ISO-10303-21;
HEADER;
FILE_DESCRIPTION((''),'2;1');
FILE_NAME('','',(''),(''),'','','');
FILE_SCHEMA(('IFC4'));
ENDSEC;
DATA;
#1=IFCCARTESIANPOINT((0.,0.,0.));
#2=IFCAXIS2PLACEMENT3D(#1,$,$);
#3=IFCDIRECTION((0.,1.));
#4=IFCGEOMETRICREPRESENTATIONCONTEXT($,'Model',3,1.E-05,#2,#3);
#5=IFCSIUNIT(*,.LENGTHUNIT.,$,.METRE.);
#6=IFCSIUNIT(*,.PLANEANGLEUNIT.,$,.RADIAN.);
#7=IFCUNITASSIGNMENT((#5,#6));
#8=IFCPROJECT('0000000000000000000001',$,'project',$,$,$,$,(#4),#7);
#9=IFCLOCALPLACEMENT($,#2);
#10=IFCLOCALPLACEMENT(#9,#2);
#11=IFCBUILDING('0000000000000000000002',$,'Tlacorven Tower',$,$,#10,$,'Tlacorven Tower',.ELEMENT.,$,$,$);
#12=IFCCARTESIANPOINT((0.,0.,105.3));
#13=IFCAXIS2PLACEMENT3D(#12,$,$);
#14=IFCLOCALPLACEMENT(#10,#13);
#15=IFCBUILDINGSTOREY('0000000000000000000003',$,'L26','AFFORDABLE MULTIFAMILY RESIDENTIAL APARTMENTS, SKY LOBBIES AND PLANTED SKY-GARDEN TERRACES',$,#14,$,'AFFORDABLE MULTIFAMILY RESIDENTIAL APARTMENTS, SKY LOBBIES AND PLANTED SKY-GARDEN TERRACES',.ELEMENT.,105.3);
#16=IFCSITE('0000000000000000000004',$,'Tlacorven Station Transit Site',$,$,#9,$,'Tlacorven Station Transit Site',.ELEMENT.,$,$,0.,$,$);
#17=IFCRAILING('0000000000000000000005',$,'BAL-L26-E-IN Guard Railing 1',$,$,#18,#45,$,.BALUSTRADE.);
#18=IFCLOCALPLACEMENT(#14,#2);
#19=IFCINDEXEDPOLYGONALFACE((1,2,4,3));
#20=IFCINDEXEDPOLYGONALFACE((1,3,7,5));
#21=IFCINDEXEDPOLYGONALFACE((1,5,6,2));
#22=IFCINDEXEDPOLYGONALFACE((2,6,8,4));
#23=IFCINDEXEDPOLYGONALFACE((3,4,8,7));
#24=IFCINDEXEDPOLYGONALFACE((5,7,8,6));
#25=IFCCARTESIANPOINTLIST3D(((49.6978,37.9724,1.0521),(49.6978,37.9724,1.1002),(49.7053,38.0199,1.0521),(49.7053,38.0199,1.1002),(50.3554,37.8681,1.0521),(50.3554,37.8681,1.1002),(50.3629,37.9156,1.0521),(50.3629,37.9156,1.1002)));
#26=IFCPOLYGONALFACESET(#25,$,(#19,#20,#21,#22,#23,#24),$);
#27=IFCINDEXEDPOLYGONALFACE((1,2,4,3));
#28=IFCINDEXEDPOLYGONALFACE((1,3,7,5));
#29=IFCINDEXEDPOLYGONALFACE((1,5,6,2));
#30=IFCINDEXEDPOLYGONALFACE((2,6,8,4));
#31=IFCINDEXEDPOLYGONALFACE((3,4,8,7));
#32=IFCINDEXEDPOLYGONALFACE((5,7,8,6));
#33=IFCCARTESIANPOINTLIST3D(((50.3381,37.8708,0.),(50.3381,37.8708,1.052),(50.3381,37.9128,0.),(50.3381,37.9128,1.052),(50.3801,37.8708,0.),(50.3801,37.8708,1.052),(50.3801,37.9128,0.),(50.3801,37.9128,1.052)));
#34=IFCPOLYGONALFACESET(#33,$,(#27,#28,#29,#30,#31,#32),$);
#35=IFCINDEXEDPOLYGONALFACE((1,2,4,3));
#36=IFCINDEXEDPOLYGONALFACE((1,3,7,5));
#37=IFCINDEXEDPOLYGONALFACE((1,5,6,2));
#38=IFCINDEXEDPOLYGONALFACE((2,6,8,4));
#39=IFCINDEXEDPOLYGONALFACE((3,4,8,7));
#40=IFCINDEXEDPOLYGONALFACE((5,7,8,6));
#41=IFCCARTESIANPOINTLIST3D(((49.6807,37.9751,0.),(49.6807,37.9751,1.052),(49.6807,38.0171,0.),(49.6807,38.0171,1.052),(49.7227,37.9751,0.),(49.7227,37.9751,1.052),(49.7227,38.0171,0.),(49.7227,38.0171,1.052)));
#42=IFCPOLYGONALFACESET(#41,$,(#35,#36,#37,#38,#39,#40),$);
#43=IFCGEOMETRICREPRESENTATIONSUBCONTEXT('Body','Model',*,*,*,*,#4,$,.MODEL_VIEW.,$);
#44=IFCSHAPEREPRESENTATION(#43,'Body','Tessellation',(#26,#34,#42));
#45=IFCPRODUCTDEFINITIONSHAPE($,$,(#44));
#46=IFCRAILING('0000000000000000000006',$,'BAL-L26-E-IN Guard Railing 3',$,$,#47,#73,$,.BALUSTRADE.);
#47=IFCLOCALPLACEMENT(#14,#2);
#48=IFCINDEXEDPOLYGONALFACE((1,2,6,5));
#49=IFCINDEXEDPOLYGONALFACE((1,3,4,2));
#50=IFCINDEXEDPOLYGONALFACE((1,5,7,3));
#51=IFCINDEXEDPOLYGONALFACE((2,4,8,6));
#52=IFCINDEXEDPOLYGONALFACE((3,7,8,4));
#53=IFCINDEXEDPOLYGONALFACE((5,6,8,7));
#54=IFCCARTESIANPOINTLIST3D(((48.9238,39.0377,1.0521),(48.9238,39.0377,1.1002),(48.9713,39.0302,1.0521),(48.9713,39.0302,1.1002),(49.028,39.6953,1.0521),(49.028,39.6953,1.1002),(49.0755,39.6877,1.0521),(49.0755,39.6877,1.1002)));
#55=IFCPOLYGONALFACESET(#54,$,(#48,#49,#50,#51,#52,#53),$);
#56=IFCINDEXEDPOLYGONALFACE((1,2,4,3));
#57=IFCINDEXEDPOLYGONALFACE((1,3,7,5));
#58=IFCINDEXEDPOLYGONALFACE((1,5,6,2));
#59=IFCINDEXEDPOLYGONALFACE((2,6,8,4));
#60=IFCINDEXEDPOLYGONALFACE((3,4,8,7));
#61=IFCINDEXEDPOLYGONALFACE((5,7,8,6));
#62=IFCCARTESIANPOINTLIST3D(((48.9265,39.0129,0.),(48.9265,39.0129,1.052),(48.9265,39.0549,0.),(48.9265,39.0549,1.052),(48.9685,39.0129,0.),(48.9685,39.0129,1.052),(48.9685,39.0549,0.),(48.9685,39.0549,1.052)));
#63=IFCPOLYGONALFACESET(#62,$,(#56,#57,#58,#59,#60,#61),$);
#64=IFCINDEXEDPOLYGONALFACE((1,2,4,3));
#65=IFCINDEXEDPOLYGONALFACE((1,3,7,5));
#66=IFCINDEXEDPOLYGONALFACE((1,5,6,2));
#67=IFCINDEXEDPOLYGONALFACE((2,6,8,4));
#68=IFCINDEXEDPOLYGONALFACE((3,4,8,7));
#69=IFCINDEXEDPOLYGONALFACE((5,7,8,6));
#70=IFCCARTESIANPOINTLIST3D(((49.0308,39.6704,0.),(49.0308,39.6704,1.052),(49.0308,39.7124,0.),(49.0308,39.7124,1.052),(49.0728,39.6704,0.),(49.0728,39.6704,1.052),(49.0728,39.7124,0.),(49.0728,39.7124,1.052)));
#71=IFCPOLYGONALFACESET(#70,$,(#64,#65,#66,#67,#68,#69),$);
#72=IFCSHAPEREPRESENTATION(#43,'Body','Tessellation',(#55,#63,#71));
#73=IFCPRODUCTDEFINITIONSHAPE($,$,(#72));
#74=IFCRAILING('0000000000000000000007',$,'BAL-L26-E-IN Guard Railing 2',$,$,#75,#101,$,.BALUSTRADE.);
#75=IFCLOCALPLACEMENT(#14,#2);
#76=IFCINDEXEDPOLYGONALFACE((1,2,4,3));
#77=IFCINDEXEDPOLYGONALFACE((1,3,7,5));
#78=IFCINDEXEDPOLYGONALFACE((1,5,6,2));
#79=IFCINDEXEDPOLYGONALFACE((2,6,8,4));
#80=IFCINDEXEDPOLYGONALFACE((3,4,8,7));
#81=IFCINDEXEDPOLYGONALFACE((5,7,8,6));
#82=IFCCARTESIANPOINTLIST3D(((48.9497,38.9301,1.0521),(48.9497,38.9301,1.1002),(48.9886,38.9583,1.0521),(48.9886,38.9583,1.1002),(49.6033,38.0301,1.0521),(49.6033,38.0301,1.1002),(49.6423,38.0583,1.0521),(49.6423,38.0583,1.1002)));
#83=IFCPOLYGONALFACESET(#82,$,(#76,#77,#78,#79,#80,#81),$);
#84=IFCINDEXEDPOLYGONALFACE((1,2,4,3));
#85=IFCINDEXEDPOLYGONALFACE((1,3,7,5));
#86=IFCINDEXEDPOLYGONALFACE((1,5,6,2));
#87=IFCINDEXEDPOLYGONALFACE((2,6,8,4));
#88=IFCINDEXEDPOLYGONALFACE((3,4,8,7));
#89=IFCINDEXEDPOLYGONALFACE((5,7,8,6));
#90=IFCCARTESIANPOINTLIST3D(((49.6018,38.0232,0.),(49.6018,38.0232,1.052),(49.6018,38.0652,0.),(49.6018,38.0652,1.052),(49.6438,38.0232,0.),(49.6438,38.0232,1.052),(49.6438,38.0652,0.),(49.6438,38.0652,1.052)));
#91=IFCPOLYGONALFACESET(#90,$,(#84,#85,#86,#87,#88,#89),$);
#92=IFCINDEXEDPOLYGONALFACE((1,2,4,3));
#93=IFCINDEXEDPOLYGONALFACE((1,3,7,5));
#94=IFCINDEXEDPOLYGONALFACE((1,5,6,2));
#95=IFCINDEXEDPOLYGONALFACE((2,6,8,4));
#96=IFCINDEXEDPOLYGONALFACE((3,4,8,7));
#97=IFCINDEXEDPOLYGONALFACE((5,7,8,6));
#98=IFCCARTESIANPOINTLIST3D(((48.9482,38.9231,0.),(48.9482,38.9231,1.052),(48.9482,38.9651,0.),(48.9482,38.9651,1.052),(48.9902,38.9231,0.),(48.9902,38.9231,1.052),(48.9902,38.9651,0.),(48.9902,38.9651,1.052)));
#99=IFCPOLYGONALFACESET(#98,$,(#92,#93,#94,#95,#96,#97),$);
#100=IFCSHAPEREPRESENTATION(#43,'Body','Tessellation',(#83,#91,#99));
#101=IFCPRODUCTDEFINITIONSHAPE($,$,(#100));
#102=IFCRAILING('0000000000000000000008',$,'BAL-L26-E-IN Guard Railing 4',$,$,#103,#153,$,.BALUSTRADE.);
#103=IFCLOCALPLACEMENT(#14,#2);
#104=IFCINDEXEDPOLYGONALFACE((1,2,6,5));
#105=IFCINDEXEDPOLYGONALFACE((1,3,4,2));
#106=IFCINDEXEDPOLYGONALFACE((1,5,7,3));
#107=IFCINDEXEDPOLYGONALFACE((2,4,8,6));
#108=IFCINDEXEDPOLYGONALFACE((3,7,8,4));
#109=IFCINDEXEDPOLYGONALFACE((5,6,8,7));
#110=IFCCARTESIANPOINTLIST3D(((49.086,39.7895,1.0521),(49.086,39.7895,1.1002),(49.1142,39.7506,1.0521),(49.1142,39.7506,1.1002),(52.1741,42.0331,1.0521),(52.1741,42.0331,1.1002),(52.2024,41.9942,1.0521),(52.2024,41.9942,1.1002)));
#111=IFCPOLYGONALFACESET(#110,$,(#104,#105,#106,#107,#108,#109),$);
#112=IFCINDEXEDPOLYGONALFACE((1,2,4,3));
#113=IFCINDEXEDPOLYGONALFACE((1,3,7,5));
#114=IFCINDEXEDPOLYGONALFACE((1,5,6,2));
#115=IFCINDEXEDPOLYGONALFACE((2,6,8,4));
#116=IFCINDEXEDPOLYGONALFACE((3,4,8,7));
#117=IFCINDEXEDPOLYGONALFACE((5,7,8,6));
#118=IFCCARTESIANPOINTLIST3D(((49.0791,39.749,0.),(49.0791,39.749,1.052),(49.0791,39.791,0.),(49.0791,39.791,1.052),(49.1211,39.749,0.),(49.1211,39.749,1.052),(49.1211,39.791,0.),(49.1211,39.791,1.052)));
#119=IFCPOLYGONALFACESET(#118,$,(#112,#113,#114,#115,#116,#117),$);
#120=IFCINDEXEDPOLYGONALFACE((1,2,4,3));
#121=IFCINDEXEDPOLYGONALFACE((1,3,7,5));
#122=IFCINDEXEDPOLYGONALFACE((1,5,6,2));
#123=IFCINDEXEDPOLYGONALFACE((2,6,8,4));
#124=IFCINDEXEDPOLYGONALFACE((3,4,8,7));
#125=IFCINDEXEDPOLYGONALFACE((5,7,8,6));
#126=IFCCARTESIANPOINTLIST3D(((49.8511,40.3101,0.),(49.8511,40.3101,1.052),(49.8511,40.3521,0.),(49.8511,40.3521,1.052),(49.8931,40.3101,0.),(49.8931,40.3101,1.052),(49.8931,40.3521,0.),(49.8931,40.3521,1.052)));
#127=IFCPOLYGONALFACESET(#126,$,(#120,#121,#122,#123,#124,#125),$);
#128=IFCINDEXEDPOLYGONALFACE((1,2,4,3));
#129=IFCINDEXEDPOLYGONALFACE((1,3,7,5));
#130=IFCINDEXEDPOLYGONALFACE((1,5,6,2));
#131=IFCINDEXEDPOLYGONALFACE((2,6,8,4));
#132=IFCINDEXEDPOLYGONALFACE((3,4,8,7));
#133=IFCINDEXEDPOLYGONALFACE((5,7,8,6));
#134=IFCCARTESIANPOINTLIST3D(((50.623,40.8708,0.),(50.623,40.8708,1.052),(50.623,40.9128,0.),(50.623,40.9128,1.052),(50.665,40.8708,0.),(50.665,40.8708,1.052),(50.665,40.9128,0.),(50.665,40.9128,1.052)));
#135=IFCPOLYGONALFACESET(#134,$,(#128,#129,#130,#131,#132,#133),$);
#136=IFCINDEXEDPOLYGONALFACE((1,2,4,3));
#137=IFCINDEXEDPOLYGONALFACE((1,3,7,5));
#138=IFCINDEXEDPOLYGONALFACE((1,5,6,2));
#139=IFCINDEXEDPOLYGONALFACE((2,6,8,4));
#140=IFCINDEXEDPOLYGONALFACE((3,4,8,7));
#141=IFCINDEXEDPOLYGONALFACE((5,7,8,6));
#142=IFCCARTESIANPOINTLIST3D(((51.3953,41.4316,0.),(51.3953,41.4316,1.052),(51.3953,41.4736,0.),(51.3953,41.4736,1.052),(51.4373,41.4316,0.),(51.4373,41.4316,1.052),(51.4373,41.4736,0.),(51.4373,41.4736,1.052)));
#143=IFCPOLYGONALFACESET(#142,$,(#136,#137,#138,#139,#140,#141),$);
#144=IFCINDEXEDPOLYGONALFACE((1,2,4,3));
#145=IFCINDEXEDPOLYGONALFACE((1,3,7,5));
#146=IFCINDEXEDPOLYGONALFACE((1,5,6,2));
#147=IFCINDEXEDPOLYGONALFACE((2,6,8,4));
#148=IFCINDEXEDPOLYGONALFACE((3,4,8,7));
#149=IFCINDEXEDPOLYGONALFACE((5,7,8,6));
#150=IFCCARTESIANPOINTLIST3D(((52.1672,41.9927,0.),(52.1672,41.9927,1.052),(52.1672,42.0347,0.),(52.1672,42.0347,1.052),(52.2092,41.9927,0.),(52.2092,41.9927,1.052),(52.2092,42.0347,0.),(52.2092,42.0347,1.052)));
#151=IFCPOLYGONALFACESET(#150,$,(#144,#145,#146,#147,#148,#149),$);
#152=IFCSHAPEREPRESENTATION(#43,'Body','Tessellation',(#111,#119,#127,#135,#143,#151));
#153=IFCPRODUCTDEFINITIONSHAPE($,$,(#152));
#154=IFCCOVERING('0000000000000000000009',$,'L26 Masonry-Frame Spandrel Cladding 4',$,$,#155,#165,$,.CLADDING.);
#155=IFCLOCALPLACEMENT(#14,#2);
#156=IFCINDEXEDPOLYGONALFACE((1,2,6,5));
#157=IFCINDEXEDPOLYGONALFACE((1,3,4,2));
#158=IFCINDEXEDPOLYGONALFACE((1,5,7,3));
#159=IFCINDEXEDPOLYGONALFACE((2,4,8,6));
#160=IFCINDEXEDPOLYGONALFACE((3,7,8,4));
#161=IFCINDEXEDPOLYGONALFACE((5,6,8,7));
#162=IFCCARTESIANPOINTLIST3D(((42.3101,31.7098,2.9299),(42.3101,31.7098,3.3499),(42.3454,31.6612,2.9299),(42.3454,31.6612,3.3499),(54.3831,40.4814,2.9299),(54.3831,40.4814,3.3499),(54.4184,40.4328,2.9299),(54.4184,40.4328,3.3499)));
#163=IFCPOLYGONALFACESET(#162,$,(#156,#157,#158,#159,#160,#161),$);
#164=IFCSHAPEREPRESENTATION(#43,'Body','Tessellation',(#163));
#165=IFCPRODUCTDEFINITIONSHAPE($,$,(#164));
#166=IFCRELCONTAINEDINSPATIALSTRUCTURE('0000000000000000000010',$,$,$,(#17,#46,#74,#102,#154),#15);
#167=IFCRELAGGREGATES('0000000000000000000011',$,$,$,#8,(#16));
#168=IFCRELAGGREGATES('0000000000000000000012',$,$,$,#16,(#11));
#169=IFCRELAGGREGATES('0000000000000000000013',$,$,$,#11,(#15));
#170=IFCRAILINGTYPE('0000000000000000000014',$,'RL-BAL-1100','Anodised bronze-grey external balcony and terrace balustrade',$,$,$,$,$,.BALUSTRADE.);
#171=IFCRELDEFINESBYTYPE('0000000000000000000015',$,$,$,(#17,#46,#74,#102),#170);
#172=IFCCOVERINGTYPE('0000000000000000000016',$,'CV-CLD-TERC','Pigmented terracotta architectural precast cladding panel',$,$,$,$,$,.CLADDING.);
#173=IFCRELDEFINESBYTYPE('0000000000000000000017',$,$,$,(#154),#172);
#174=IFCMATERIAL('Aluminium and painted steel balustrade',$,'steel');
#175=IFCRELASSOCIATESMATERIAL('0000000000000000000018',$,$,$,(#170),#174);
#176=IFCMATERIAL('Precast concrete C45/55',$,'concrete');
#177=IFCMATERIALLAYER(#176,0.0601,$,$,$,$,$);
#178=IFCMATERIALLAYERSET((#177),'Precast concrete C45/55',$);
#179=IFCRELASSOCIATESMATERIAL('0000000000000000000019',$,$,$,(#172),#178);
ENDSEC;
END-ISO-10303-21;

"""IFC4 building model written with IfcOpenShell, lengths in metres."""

from ifc_helpers import new_model, si_unit, direction, frame, origin, origin_2d, place, context, subcontext, project, spatial, rectangle, extrude, source, transform, mapped, material, layer, layer_set, type_object, element, save


model = new_model("IFC4")

# Units and contexts
model_context = context("Model", 3, precision=1e-05, world=origin(), true_north=direction((0.0, 1.0)))
body_context = subcontext(model_context, "Body", "Model", "MODEL_VIEW")
ifc_project = project(units=[si_unit("LENGTHUNIT", "METRE"), si_unit("PLANEANGLEUNIT", "RADIAN")], contexts=[model_context])

# Site, building, storey
site_placement = place(None, origin())
site = spatial("IfcSite", under=ifc_project, at=site_placement, Name="Tlacorven Station Transit Site", LongName="Tlacorven Station Transit Site", CompositionType="ELEMENT", RefElevation=0.0)
building_placement = place(site_placement, origin())
building = spatial("IfcBuilding", under=site, at=building_placement, Name="Tlacorven Tower", LongName="Tlacorven Tower", CompositionType="ELEMENT")
storey_placement = place(building_placement, frame((0.0, 0.0, 105.3)))
storey = spatial("IfcBuildingStorey", under=building, at=storey_placement, Name="L26", Description="AFFORDABLE MULTIFAMILY RESIDENTIAL APARTMENTS, SKY LOBBIES AND PLANTED SKY-GARDEN TERRACES", LongName="AFFORDABLE MULTIFAMILY RESIDENTIAL APARTMENTS, SKY LOBBIES AND PLANTED SKY-GARDEN TERRACES", CompositionType="ELEMENT", Elevation=105.3)

# Shared definitions
ifc_material_1 = material(Name="Precast concrete C45/55", Category="concrete")

# Railings
ifc_material_2 = material(Name="Aluminium and painted steel balustrade", Category="steel")
railing_type = type_object("IfcRailingType", Name="RL-BAL-1100", Description="Anodised bronze-grey external balcony and terrace balustrade", PredefinedType="BALUSTRADE", material=ifc_material_2)
shared_shape_1 = source(origin(), body_context, "Body", "SweptSolid", [
    extrude(rectangle(XDim=0.0481, YDim=0.0481, at=origin_2d()), frame((0.0, 0.0, 1.0762), z_axis=(-0.987662, 0.156603, 0.0), x_axis=(-0.156603, -0.987662, 0.0)), (0.0, 0.0, 1.0), 0.6658),
    extrude(rectangle(XDim=0.042, YDim=0.042, at=origin_2d()), origin(), (0.0, 0.0, 1.0), 1.052),
    extrude(rectangle(XDim=0.042, YDim=0.042, at=origin_2d()), frame((-0.6575, 0.1042, 0.0)), (0.0, 0.0, 1.0), 1.052),
])
railing_1_placement = place(storey_placement, frame((50.3591, 37.8918, 0.0)))
element("IfcRailing", 1, at=railing_1_placement, inside=storey, type_object=railing_type, Name="BAL-L26-E-IN Guard Railing 1", PredefinedType="BALUSTRADE", context=body_context, shape_type="MappedRepresentation", body=[
    mapped(shared_shape_1, transform((0.0, 0.0, 0.0), scale=1.0)),
])
shared_shape_2 = source(origin(), body_context, "Body", "SweptSolid", [
    extrude(rectangle(XDim=0.0481, YDim=0.0481, at=origin_2d()), frame((0.0, 0.0, 1.0762), z_axis=(0.156603, 0.987662, 0.0), x_axis=(-0.987662, 0.156603, 0.0)), (0.0, 0.0, 1.0), 0.6658),
    extrude(rectangle(XDim=0.042, YDim=0.042, at=origin_2d()), origin(), (0.0, 0.0, 1.0), 1.052),
    extrude(rectangle(XDim=0.042, YDim=0.042, at=origin_2d()), frame((0.1042, 0.6575, 0.0)), (0.0, 0.0, 1.0), 1.052),
])
railing_2_placement = place(storey_placement, frame((48.9475, 39.0339, 0.0)))
element("IfcRailing", 2, at=railing_2_placement, inside=storey, type_object=railing_type, Name="BAL-L26-E-IN Guard Railing 3", PredefinedType="BALUSTRADE", context=body_context, shape_type="MappedRepresentation", body=[
    mapped(shared_shape_2, transform((0.0, 0.0, 0.0), scale=1.0)),
])
shared_shape_3 = source(origin(), body_context, "Body", "SweptSolid", [
    extrude(rectangle(XDim=0.0481, YDim=0.0481, at=origin_2d()), frame((0.0, 0.0, 1.0762), z_axis=(-0.587636, 0.809125, 0.0), x_axis=(-0.809125, -0.587636, 0.0)), (0.0, 0.0, 1.0), 1.1123),
    extrude(rectangle(XDim=0.042, YDim=0.042, at=origin_2d()), origin(), (0.0, 0.0, 1.0), 1.052),
    extrude(rectangle(XDim=0.042, YDim=0.042, at=origin_2d()), frame((-0.6536, 0.8999, 0.0)), (0.0, 0.0, 1.0), 1.052),
])
railing_3_placement = place(storey_placement, frame((49.6228, 38.0442, 0.0)))
element("IfcRailing", 3, at=railing_3_placement, inside=storey, type_object=railing_type, Name="BAL-L26-E-IN Guard Railing 2", PredefinedType="BALUSTRADE", context=body_context, shape_type="MappedRepresentation", body=[
    mapped(shared_shape_3, transform((0.0, 0.0, 0.0), scale=1.0)),
])
shared_shape_4 = source(origin(), body_context, "Body", "SweptSolid", [
    extrude(rectangle(XDim=0.0481, YDim=0.0481, at=origin_2d()), frame((0.0, 0.0, 1.0762), z_axis=(0.809018, 0.587784, 0.0), x_axis=(-0.587784, 0.809018, 0.0)), (0.0, 0.0, 1.0), 3.8171),
    extrude(rectangle(XDim=0.042, YDim=0.042, at=origin_2d()), origin(), (0.0, 0.0, 1.0), 1.052),
    extrude(rectangle(XDim=0.042, YDim=0.042, at=origin_2d()), frame((0.772, 0.561, 0.0)), (0.0, 0.0, 1.0), 1.052),
    extrude(rectangle(XDim=0.042, YDim=0.042, at=origin_2d()), frame((1.5439, 1.1218, 0.0)), (0.0, 0.0, 1.0), 1.052),
    extrude(rectangle(XDim=0.042, YDim=0.042, at=origin_2d()), frame((2.3162, 1.6826, 0.0)), (0.0, 0.0, 1.0), 1.052),
    extrude(rectangle(XDim=0.042, YDim=0.042, at=origin_2d()), frame((3.0881, 2.2437, 0.0)), (0.0, 0.0, 1.0), 1.052),
])
railing_4_placement = place(storey_placement, frame((49.1001, 39.77, 0.0)))
element("IfcRailing", 4, at=railing_4_placement, inside=storey, type_object=railing_type, Name="BAL-L26-E-IN Guard Railing 4", PredefinedType="BALUSTRADE", context=body_context, shape_type="MappedRepresentation", body=[
    mapped(shared_shape_4, transform((0.0, 0.0, 0.0), scale=1.0)),
])

# Covering
ifc_layer_1 = layer(ifc_material_1, 0.0601)
ifc_layer_set_1 = layer_set([ifc_layer_1], Name="Precast concrete C45/55")
covering_type = type_object("IfcCoveringType", Name="CV-CLD-TERC", Description="Pigmented terracotta architectural precast cladding panel", PredefinedType="CLADDING", material=ifc_layer_set_1)
shared_shape_5 = source(origin(), body_context, "Body", "SweptSolid", [
    extrude(rectangle(XDim=14.9231, YDim=0.0601, at=origin_2d()), origin(), (0.0, 0.0, 1.0), 0.4199),
])
covering_placement = place(storey_placement, frame((48.3643, 36.0713, 2.9299), z_axis=(0.0, 0.0, 1.0), x_axis=(0.809017, 0.587786, 0.0)))
element("IfcCovering", 5, at=covering_placement, inside=storey, type_object=covering_type, Name="L26 Masonry-Frame Spandrel Cladding 4", PredefinedType="CLADDING", context=body_context, shape_type="MappedRepresentation", body=[
    mapped(shared_shape_5, transform((0.0, 0.0, 0.0), scale=1.0)),
])

save(model, "model.ifc")
